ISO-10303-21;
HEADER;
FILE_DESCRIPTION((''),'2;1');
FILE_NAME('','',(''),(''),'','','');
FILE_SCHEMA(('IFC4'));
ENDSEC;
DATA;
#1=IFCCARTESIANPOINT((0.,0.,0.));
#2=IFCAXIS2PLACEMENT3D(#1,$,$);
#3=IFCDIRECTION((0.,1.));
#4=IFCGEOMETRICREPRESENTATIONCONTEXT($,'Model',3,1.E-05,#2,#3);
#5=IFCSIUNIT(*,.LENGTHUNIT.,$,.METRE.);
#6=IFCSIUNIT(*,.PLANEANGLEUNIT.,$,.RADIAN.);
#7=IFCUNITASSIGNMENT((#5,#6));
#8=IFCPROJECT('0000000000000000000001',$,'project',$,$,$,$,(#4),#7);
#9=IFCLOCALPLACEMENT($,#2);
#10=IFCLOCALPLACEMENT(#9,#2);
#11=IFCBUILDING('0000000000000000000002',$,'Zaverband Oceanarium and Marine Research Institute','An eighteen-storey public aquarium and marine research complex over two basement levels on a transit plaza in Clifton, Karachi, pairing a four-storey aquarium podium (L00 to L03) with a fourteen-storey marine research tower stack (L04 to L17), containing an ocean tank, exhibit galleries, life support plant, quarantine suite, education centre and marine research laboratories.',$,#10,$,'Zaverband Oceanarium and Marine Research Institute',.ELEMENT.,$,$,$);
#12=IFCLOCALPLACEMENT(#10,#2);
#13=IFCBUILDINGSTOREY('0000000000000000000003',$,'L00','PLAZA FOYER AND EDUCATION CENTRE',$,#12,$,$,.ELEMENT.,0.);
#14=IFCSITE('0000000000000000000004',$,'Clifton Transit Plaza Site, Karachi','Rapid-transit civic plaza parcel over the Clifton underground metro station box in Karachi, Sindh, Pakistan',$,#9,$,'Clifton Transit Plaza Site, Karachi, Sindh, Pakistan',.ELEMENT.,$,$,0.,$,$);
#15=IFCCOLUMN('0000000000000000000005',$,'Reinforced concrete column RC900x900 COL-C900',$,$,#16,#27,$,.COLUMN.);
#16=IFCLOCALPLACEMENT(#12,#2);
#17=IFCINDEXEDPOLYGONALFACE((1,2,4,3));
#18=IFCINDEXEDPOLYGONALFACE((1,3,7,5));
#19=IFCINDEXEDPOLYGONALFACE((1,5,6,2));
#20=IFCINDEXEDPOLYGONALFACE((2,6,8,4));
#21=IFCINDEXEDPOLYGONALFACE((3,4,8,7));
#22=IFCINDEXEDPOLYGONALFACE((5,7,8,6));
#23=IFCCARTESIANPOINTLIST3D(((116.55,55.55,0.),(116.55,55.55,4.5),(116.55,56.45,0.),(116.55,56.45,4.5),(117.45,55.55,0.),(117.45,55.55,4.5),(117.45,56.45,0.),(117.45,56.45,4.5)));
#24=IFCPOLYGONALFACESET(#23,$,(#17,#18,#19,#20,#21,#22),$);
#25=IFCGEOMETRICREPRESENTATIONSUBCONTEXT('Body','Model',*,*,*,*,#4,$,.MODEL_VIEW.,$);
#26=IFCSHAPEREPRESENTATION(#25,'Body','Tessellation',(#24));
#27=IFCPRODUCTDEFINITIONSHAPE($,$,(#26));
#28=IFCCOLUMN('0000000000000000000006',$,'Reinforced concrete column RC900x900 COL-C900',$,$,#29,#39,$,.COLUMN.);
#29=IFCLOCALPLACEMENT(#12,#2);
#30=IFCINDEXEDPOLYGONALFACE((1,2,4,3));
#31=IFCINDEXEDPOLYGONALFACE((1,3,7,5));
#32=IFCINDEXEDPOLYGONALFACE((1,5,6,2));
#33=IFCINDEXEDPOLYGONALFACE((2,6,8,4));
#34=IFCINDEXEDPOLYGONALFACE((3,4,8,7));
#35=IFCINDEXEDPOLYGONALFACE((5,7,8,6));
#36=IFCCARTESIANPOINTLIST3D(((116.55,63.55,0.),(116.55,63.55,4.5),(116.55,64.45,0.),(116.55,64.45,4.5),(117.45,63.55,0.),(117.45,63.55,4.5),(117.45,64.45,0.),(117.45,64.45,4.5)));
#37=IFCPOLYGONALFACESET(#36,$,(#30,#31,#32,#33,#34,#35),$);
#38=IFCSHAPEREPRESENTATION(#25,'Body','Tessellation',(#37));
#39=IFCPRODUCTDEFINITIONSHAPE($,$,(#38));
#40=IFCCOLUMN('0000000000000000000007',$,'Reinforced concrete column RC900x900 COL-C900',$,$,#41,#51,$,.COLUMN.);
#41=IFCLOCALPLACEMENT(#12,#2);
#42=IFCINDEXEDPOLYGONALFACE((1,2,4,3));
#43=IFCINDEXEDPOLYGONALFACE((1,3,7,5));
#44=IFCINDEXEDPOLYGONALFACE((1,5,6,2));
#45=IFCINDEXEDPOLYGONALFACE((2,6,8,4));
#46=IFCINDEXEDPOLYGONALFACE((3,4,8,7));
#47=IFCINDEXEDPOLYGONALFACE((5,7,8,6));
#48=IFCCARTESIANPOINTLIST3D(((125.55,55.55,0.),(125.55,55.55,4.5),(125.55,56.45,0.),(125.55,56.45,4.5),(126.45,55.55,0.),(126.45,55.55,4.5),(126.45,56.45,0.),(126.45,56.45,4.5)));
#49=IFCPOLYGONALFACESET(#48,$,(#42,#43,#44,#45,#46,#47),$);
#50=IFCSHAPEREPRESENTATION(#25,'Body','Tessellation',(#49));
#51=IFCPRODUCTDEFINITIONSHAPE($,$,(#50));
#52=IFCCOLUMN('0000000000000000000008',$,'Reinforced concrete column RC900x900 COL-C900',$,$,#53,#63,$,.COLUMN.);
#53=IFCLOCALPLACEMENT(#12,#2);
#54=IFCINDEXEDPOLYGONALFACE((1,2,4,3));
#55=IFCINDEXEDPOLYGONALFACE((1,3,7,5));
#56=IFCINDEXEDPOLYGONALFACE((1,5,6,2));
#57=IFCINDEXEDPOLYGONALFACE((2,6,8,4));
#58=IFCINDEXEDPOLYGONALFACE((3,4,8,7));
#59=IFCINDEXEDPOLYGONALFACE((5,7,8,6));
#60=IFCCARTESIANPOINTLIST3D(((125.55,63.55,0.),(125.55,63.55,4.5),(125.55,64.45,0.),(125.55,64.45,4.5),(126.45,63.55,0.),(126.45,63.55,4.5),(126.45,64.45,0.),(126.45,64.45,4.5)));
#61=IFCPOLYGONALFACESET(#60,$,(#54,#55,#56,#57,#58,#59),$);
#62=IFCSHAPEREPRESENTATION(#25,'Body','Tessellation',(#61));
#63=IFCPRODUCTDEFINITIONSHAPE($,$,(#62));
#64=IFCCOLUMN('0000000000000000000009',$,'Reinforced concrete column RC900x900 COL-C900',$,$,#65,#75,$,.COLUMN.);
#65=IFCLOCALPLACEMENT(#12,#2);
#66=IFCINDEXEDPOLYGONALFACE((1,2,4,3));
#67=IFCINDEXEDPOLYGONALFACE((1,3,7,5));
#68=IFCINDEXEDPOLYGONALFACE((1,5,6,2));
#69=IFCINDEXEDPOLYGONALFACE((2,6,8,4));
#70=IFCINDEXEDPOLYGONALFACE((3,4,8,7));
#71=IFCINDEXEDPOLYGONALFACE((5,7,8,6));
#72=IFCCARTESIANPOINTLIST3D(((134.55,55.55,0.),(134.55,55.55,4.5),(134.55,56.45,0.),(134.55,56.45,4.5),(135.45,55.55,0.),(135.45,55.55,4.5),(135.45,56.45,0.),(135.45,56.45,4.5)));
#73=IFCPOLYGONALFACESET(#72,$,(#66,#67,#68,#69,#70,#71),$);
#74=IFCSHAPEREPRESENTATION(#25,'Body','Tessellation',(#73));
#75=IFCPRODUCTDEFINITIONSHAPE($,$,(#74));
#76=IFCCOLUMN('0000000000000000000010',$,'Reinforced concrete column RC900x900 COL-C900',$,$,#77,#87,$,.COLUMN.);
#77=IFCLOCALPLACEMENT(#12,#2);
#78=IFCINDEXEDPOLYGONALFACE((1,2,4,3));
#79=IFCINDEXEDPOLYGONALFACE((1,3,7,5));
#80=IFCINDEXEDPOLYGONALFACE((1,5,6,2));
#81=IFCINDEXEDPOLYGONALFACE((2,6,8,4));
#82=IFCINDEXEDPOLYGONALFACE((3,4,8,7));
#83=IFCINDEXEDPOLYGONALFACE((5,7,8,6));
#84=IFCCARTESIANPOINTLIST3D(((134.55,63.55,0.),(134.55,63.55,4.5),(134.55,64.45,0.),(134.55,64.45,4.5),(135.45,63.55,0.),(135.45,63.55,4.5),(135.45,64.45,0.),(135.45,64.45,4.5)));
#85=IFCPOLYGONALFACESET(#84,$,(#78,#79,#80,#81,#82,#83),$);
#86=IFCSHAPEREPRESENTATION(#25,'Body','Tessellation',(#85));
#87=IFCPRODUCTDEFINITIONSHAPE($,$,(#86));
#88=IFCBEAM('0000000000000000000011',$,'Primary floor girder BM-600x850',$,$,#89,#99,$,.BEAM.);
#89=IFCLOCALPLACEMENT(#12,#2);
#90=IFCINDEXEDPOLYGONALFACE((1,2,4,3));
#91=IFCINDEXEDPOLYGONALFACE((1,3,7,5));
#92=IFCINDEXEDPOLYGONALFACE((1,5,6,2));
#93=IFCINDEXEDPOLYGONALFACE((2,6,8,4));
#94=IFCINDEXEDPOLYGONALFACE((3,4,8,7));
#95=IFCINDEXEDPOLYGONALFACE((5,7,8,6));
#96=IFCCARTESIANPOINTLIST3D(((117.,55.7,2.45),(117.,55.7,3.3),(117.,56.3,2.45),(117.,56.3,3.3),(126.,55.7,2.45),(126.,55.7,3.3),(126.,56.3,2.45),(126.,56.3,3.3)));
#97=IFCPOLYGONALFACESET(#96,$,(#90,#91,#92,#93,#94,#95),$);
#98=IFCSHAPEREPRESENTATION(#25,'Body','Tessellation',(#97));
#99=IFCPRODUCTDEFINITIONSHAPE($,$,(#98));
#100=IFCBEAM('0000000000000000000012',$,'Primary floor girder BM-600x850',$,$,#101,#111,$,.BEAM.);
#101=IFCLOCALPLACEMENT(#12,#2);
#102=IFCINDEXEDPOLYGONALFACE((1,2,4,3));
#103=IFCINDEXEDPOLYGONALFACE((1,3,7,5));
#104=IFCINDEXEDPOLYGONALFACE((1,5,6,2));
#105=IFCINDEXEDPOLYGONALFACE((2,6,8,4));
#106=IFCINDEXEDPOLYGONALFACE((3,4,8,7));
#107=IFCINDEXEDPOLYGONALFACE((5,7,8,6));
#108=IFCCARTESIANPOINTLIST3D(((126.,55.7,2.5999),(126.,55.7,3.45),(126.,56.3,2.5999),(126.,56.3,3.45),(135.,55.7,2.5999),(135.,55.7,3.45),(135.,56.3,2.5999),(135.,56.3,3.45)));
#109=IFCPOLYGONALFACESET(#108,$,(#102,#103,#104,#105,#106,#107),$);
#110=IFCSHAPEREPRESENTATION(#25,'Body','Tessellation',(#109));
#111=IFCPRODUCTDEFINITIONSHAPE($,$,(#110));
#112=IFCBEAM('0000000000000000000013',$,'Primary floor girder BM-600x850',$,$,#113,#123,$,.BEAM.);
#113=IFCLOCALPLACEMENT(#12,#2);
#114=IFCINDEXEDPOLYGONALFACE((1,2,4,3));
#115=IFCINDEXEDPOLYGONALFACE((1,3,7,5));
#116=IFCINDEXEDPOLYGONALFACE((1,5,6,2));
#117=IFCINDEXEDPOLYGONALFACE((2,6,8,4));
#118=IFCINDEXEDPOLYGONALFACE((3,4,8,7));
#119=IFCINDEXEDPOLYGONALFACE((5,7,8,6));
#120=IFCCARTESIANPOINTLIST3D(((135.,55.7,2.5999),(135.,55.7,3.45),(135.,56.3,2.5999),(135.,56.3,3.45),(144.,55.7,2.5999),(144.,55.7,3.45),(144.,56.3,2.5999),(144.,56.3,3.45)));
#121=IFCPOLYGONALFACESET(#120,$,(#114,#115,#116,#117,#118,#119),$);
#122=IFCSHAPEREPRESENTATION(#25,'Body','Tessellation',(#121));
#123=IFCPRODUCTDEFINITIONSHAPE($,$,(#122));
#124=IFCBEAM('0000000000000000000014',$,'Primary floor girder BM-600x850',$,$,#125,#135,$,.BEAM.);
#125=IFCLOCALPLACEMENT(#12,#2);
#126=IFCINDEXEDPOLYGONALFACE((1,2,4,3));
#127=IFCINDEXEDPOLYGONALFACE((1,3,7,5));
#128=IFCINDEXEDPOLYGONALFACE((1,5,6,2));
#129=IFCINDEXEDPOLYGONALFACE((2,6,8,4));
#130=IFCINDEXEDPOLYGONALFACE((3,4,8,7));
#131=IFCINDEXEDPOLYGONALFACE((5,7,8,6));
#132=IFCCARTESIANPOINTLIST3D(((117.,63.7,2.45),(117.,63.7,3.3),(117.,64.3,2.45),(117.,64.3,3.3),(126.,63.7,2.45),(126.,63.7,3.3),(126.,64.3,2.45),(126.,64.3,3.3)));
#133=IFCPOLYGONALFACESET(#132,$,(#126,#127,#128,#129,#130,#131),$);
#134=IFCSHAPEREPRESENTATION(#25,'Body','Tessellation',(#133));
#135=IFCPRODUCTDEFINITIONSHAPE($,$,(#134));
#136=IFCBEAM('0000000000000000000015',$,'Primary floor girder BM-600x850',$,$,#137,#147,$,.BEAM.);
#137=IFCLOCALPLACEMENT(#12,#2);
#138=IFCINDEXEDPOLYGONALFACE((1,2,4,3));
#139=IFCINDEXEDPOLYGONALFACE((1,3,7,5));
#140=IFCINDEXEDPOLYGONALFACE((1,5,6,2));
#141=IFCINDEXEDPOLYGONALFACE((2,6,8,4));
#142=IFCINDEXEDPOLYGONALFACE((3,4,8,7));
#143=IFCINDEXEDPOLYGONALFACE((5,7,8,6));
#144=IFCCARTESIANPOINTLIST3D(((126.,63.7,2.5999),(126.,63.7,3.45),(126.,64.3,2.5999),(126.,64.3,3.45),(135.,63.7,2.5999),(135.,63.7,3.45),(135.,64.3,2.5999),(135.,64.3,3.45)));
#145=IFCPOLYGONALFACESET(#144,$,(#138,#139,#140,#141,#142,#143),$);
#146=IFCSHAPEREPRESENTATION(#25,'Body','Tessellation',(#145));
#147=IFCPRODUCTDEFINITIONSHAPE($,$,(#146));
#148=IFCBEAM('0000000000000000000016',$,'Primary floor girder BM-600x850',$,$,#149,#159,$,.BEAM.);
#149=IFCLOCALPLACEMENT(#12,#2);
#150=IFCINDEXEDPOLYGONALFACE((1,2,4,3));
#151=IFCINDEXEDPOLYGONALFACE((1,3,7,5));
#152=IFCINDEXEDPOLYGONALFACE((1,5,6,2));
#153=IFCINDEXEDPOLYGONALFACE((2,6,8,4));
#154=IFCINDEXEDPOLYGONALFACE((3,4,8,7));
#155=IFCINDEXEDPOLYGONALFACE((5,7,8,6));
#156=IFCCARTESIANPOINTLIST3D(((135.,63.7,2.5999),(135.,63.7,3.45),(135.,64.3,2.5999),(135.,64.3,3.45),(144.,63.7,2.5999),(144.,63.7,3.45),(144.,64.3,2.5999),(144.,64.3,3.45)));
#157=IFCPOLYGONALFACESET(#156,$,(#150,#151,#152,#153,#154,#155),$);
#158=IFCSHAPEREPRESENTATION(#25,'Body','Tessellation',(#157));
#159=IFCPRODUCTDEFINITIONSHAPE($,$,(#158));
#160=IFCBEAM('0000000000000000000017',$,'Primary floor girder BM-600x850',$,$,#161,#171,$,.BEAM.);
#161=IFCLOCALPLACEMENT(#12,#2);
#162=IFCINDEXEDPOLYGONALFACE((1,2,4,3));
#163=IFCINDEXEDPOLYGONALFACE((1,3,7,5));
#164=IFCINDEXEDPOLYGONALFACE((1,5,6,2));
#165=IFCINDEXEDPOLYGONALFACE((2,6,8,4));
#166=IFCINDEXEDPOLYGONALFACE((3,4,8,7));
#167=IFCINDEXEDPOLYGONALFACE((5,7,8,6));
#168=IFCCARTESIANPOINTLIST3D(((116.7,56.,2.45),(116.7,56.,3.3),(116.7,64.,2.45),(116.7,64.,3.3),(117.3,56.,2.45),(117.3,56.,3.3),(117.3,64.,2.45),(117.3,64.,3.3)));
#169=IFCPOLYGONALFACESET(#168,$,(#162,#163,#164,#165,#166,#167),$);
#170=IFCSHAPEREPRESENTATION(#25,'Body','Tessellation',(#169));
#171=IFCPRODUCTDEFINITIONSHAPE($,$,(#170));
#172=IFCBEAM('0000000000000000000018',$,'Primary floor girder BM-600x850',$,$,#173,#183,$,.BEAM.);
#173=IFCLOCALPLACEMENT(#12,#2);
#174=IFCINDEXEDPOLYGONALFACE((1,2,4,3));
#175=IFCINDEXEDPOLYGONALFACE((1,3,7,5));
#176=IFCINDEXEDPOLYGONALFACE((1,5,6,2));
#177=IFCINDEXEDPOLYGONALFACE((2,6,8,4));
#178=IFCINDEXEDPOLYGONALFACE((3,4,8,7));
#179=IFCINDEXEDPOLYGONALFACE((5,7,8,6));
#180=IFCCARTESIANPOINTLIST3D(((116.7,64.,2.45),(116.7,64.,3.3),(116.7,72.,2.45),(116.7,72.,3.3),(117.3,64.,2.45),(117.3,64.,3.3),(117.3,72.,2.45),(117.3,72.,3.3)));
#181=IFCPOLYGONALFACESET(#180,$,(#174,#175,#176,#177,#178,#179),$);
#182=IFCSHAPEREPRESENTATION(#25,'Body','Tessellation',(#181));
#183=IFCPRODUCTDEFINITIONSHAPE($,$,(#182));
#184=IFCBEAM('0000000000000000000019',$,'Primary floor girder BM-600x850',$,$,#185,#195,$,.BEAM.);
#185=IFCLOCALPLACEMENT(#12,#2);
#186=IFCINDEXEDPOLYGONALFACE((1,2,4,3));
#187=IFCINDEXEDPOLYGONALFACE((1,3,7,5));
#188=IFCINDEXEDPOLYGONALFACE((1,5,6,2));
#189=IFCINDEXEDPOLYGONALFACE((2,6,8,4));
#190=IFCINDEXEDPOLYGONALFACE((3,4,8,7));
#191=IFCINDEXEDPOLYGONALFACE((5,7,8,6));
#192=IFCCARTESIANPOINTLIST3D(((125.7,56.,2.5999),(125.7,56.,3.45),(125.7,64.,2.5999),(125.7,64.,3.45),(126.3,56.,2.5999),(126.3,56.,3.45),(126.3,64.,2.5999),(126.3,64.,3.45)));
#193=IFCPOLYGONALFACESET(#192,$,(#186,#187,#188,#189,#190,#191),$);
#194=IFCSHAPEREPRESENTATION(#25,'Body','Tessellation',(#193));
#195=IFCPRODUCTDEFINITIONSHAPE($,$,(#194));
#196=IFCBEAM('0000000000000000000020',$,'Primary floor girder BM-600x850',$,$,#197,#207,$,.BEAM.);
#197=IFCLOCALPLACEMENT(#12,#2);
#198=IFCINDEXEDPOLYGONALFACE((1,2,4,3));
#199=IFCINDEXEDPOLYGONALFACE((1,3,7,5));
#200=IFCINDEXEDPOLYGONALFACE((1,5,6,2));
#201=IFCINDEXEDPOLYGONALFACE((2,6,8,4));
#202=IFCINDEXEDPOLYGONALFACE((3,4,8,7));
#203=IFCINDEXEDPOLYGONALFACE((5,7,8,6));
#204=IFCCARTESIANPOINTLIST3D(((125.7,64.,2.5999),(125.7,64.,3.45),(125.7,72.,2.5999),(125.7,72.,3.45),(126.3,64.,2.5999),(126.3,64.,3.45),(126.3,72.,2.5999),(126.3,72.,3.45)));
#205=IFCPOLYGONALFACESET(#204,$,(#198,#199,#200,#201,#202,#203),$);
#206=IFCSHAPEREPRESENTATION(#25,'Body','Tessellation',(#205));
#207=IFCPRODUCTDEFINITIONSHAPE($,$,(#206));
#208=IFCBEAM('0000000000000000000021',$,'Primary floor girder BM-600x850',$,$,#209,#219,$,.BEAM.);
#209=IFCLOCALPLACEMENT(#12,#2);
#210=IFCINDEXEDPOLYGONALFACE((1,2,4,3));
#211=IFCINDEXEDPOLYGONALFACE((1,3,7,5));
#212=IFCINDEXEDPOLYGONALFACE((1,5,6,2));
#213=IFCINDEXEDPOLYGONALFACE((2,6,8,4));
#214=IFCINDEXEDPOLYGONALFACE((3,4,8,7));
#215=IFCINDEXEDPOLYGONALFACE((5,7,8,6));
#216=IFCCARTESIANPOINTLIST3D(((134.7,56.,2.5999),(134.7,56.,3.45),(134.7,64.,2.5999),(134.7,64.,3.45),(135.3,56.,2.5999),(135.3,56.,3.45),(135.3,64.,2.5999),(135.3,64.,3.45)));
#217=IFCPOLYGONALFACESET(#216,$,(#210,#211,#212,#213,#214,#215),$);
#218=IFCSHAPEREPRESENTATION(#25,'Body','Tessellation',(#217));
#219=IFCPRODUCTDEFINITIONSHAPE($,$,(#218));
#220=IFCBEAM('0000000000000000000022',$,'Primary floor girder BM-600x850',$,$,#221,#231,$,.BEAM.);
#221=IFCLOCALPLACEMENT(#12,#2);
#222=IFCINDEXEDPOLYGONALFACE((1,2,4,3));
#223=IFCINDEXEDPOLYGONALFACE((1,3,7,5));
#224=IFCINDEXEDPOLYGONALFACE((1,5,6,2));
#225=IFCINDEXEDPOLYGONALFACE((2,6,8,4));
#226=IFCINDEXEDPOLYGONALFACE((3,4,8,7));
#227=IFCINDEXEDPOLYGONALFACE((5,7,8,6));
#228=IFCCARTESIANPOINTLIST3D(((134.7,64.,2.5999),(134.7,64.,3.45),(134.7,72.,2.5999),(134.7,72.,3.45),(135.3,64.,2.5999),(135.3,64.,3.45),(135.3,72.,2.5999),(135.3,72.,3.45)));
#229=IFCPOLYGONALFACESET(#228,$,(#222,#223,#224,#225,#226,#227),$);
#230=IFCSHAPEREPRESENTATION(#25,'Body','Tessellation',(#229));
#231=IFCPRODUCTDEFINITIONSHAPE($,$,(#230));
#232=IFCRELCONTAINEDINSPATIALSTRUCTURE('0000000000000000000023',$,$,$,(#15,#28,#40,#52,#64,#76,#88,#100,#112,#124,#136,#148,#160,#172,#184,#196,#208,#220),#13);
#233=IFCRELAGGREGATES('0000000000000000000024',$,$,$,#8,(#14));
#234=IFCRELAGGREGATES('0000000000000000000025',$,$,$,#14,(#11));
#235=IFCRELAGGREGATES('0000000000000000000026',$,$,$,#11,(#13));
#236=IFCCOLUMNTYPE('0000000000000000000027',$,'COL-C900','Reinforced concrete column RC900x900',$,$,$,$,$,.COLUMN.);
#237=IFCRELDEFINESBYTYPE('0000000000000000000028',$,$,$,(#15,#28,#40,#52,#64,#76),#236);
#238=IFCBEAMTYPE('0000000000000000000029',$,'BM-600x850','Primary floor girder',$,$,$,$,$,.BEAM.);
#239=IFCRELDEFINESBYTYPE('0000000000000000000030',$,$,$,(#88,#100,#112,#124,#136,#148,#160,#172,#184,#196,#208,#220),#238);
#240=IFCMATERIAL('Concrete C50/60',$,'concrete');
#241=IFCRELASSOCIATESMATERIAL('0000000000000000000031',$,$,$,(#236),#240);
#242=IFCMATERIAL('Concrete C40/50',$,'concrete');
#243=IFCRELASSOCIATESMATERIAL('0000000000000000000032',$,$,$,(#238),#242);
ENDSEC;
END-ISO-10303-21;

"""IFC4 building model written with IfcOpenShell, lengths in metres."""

from ifc_helpers import new_model, si_unit, direction, frame, origin, origin_2d, place, context, subcontext, project, spatial, rectangle, extrude, material, material_profile, profile_set, type_object, element, save


model = new_model("IFC4")

# Units and contexts
model_context = context("Model", 3, precision=1e-05, world=origin(), true_north=direction((0.0, 1.0)))
body_context = subcontext(model_context, "Body", "Model", "MODEL_VIEW")
ifc_project = project(units=[si_unit("LENGTHUNIT", "METRE"), si_unit("PLANEANGLEUNIT", "RADIAN")], contexts=[model_context])

# Site, building, storey
site_placement = place(None, origin())
site = spatial("IfcSite", under=ifc_project, at=site_placement, Name="Clifton Transit Plaza Site, Karachi", Description="Rapid-transit civic plaza parcel over the Clifton underground metro station box in Karachi, Sindh, Pakistan", LongName="Clifton Transit Plaza Site, Karachi, Sindh, Pakistan", CompositionType="ELEMENT", RefElevation=0.0)
building_placement = place(site_placement, origin())
building = spatial("IfcBuilding", under=site, at=building_placement, Name="Zaverband Oceanarium and Marine Research Institute", Description="An eighteen-storey public aquarium and marine research complex over two basement levels on a transit plaza in Clifton, Karachi, pairing a four-storey aquarium podium (L00 to L03) with a fourteen-storey marine research tower stack (L04 to L17), containing an ocean tank, exhibit galleries, life support plant, quarantine suite, education centre and marine research laboratories.", LongName="Zaverband Oceanarium and Marine Research Institute", CompositionType="ELEMENT")
storey_placement = place(building_placement, origin())
storey = spatial("IfcBuildingStorey", under=building, at=storey_placement, Name="L00", Description="PLAZA FOYER AND EDUCATION CENTRE", CompositionType="ELEMENT", Elevation=0.0)

# Columns
ifc_material_1 = material(Name="Concrete C50/60", Category="concrete")
ifc_material_profile_1 = material_profile(ifc_material_1, rectangle(XDim=0.8999, YDim=0.8999, at=origin_2d()), Name="RC900x900")
ifc_profile_set_1 = profile_set([ifc_material_profile_1], Name="Concrete C50/60")
column_type = type_object("IfcColumnType", Name="COL-C900", Description="Reinforced concrete column RC900x900", PredefinedType="COLUMN", material=ifc_profile_set_1)
for number, where, z_axis, x_axis, name in (
    (1, (117.0, 56.0, 0.0), (0.0, 0.0, 1.0), (1.0, 0.0, 0.0), "Reinforced concrete column RC900x900 COL-C900"),
    (2, (117.0, 64.0, 0.0), (0.0, 0.0, 1.0), (1.0, 0.0, 0.0), "Reinforced concrete column RC900x900 COL-C900"),
    (3, (126.0, 56.0, 0.0), (0.0, 0.0, 1.0), (1.0, 0.0, 0.0), "Reinforced concrete column RC900x900 COL-C900"),
    (4, (126.0, 64.0, 0.0), (0.0, 0.0, 1.0), (1.0, 0.0, 0.0), "Reinforced concrete column RC900x900 COL-C900"),
    (5, (135.0, 56.0, 0.0), (0.0, 0.0, 1.0), (1.0, 0.0, 0.0), "Reinforced concrete column RC900x900 COL-C900"),
    (6, (135.0, 64.0, 0.0), (0.0, 0.0, 1.0), (1.0, 0.0, 0.0), "Reinforced concrete column RC900x900 COL-C900"),
):
    element("IfcColumn", number, at=place(storey_placement, frame(where, z_axis=z_axis, x_axis=x_axis)), inside=storey, type_object=column_type, Name=name, PredefinedType="COLUMN", context=body_context, shape_type="SweptSolid", body=[
        extrude(rectangle(XDim=0.8999, YDim=0.8999, at=origin_2d()), origin(), (0.0, 0.0, 1.0), 4.5),
    ])

# Beams
ifc_material_2 = material(Name="Concrete C40/50", Category="concrete")
ifc_material_profile_2 = material_profile(ifc_material_2, rectangle(XDim=0.6001, YDim=0.8501, at=origin_2d()), Name="RC600x850")
ifc_profile_set_2 = profile_set([ifc_material_profile_2], Name="Concrete C40/50")
beam_type_1 = type_object("IfcBeamType", Name="BM-600x850", Description="Primary floor girder", PredefinedType="BEAM", material=ifc_profile_set_2)
for number, where, z_axis, x_axis, name in (
    (7, (117.0, 56.0, 2.875), (1.0, 0.0, 0.0), (0.0, 1.0, 0.0), "Primary floor girder BM-600x850"),
    (8, (126.0, 56.0, 3.0249), (1.0, 0.0, 0.0), (0.0, 1.0, 0.0), "Primary floor girder BM-600x850"),
    (9, (135.0, 56.0, 3.0249), (1.0, 0.0, 0.0), (0.0, 1.0, 0.0), "Primary floor girder BM-600x850"),
    (10, (117.0, 64.0, 2.875), (1.0, 0.0, 0.0), (0.0, 1.0, 0.0), "Primary floor girder BM-600x850"),
    (11, (126.0, 64.0, 3.0249), (1.0, 0.0, 0.0), (0.0, 1.0, 0.0), "Primary floor girder BM-600x850"),
    (12, (135.0, 64.0, 3.0249), (1.0, 0.0, 0.0), (0.0, 1.0, 0.0), "Primary floor girder BM-600x850"),
):
    element("IfcBeam", number, at=place(storey_placement, frame(where, z_axis=z_axis, x_axis=x_axis)), inside=storey, type_object=beam_type_1, Name=name, PredefinedType="BEAM", context=body_context, shape_type="SweptSolid", body=[
        extrude(rectangle(XDim=0.6001, YDim=0.8501, at=origin_2d()), origin(), (0.0, 0.0, 1.0), 9.0),
    ])
for number, where, z_axis, x_axis, name in (
    (13, (117.0, 56.0, 2.875), (0.0, 1.0, 0.0), (-1.0, 0.0, 0.0), "Primary floor girder BM-600x850"),
    (14, (117.0, 64.0, 2.875), (0.0, 1.0, 0.0), (-1.0, 0.0, 0.0), "Primary floor girder BM-600x850"),
    (15, (126.0, 56.0, 3.0249), (0.0, 1.0, 0.0), (-1.0, 0.0, 0.0), "Primary floor girder BM-600x850"),
    (16, (126.0, 64.0, 3.0249), (0.0, 1.0, 0.0), (-1.0, 0.0, 0.0), "Primary floor girder BM-600x850"),
    (17, (135.0, 56.0, 3.0249), (0.0, 1.0, 0.0), (-1.0, 0.0, 0.0), "Primary floor girder BM-600x850"),
    (18, (135.0, 64.0, 3.0249), (0.0, 1.0, 0.0), (-1.0, 0.0, 0.0), "Primary floor girder BM-600x850"),
):
    element("IfcBeam", number, at=place(storey_placement, frame(where, z_axis=z_axis, x_axis=x_axis)), inside=storey, type_object=beam_type_1, Name=name, PredefinedType="BEAM", context=body_context, shape_type="SweptSolid", body=[
        extrude(rectangle(XDim=0.6001, YDim=0.8501, at=origin_2d()), origin(), (0.0, 0.0, 1.0), 8.0),
    ])

save(model, "model.ifc")
